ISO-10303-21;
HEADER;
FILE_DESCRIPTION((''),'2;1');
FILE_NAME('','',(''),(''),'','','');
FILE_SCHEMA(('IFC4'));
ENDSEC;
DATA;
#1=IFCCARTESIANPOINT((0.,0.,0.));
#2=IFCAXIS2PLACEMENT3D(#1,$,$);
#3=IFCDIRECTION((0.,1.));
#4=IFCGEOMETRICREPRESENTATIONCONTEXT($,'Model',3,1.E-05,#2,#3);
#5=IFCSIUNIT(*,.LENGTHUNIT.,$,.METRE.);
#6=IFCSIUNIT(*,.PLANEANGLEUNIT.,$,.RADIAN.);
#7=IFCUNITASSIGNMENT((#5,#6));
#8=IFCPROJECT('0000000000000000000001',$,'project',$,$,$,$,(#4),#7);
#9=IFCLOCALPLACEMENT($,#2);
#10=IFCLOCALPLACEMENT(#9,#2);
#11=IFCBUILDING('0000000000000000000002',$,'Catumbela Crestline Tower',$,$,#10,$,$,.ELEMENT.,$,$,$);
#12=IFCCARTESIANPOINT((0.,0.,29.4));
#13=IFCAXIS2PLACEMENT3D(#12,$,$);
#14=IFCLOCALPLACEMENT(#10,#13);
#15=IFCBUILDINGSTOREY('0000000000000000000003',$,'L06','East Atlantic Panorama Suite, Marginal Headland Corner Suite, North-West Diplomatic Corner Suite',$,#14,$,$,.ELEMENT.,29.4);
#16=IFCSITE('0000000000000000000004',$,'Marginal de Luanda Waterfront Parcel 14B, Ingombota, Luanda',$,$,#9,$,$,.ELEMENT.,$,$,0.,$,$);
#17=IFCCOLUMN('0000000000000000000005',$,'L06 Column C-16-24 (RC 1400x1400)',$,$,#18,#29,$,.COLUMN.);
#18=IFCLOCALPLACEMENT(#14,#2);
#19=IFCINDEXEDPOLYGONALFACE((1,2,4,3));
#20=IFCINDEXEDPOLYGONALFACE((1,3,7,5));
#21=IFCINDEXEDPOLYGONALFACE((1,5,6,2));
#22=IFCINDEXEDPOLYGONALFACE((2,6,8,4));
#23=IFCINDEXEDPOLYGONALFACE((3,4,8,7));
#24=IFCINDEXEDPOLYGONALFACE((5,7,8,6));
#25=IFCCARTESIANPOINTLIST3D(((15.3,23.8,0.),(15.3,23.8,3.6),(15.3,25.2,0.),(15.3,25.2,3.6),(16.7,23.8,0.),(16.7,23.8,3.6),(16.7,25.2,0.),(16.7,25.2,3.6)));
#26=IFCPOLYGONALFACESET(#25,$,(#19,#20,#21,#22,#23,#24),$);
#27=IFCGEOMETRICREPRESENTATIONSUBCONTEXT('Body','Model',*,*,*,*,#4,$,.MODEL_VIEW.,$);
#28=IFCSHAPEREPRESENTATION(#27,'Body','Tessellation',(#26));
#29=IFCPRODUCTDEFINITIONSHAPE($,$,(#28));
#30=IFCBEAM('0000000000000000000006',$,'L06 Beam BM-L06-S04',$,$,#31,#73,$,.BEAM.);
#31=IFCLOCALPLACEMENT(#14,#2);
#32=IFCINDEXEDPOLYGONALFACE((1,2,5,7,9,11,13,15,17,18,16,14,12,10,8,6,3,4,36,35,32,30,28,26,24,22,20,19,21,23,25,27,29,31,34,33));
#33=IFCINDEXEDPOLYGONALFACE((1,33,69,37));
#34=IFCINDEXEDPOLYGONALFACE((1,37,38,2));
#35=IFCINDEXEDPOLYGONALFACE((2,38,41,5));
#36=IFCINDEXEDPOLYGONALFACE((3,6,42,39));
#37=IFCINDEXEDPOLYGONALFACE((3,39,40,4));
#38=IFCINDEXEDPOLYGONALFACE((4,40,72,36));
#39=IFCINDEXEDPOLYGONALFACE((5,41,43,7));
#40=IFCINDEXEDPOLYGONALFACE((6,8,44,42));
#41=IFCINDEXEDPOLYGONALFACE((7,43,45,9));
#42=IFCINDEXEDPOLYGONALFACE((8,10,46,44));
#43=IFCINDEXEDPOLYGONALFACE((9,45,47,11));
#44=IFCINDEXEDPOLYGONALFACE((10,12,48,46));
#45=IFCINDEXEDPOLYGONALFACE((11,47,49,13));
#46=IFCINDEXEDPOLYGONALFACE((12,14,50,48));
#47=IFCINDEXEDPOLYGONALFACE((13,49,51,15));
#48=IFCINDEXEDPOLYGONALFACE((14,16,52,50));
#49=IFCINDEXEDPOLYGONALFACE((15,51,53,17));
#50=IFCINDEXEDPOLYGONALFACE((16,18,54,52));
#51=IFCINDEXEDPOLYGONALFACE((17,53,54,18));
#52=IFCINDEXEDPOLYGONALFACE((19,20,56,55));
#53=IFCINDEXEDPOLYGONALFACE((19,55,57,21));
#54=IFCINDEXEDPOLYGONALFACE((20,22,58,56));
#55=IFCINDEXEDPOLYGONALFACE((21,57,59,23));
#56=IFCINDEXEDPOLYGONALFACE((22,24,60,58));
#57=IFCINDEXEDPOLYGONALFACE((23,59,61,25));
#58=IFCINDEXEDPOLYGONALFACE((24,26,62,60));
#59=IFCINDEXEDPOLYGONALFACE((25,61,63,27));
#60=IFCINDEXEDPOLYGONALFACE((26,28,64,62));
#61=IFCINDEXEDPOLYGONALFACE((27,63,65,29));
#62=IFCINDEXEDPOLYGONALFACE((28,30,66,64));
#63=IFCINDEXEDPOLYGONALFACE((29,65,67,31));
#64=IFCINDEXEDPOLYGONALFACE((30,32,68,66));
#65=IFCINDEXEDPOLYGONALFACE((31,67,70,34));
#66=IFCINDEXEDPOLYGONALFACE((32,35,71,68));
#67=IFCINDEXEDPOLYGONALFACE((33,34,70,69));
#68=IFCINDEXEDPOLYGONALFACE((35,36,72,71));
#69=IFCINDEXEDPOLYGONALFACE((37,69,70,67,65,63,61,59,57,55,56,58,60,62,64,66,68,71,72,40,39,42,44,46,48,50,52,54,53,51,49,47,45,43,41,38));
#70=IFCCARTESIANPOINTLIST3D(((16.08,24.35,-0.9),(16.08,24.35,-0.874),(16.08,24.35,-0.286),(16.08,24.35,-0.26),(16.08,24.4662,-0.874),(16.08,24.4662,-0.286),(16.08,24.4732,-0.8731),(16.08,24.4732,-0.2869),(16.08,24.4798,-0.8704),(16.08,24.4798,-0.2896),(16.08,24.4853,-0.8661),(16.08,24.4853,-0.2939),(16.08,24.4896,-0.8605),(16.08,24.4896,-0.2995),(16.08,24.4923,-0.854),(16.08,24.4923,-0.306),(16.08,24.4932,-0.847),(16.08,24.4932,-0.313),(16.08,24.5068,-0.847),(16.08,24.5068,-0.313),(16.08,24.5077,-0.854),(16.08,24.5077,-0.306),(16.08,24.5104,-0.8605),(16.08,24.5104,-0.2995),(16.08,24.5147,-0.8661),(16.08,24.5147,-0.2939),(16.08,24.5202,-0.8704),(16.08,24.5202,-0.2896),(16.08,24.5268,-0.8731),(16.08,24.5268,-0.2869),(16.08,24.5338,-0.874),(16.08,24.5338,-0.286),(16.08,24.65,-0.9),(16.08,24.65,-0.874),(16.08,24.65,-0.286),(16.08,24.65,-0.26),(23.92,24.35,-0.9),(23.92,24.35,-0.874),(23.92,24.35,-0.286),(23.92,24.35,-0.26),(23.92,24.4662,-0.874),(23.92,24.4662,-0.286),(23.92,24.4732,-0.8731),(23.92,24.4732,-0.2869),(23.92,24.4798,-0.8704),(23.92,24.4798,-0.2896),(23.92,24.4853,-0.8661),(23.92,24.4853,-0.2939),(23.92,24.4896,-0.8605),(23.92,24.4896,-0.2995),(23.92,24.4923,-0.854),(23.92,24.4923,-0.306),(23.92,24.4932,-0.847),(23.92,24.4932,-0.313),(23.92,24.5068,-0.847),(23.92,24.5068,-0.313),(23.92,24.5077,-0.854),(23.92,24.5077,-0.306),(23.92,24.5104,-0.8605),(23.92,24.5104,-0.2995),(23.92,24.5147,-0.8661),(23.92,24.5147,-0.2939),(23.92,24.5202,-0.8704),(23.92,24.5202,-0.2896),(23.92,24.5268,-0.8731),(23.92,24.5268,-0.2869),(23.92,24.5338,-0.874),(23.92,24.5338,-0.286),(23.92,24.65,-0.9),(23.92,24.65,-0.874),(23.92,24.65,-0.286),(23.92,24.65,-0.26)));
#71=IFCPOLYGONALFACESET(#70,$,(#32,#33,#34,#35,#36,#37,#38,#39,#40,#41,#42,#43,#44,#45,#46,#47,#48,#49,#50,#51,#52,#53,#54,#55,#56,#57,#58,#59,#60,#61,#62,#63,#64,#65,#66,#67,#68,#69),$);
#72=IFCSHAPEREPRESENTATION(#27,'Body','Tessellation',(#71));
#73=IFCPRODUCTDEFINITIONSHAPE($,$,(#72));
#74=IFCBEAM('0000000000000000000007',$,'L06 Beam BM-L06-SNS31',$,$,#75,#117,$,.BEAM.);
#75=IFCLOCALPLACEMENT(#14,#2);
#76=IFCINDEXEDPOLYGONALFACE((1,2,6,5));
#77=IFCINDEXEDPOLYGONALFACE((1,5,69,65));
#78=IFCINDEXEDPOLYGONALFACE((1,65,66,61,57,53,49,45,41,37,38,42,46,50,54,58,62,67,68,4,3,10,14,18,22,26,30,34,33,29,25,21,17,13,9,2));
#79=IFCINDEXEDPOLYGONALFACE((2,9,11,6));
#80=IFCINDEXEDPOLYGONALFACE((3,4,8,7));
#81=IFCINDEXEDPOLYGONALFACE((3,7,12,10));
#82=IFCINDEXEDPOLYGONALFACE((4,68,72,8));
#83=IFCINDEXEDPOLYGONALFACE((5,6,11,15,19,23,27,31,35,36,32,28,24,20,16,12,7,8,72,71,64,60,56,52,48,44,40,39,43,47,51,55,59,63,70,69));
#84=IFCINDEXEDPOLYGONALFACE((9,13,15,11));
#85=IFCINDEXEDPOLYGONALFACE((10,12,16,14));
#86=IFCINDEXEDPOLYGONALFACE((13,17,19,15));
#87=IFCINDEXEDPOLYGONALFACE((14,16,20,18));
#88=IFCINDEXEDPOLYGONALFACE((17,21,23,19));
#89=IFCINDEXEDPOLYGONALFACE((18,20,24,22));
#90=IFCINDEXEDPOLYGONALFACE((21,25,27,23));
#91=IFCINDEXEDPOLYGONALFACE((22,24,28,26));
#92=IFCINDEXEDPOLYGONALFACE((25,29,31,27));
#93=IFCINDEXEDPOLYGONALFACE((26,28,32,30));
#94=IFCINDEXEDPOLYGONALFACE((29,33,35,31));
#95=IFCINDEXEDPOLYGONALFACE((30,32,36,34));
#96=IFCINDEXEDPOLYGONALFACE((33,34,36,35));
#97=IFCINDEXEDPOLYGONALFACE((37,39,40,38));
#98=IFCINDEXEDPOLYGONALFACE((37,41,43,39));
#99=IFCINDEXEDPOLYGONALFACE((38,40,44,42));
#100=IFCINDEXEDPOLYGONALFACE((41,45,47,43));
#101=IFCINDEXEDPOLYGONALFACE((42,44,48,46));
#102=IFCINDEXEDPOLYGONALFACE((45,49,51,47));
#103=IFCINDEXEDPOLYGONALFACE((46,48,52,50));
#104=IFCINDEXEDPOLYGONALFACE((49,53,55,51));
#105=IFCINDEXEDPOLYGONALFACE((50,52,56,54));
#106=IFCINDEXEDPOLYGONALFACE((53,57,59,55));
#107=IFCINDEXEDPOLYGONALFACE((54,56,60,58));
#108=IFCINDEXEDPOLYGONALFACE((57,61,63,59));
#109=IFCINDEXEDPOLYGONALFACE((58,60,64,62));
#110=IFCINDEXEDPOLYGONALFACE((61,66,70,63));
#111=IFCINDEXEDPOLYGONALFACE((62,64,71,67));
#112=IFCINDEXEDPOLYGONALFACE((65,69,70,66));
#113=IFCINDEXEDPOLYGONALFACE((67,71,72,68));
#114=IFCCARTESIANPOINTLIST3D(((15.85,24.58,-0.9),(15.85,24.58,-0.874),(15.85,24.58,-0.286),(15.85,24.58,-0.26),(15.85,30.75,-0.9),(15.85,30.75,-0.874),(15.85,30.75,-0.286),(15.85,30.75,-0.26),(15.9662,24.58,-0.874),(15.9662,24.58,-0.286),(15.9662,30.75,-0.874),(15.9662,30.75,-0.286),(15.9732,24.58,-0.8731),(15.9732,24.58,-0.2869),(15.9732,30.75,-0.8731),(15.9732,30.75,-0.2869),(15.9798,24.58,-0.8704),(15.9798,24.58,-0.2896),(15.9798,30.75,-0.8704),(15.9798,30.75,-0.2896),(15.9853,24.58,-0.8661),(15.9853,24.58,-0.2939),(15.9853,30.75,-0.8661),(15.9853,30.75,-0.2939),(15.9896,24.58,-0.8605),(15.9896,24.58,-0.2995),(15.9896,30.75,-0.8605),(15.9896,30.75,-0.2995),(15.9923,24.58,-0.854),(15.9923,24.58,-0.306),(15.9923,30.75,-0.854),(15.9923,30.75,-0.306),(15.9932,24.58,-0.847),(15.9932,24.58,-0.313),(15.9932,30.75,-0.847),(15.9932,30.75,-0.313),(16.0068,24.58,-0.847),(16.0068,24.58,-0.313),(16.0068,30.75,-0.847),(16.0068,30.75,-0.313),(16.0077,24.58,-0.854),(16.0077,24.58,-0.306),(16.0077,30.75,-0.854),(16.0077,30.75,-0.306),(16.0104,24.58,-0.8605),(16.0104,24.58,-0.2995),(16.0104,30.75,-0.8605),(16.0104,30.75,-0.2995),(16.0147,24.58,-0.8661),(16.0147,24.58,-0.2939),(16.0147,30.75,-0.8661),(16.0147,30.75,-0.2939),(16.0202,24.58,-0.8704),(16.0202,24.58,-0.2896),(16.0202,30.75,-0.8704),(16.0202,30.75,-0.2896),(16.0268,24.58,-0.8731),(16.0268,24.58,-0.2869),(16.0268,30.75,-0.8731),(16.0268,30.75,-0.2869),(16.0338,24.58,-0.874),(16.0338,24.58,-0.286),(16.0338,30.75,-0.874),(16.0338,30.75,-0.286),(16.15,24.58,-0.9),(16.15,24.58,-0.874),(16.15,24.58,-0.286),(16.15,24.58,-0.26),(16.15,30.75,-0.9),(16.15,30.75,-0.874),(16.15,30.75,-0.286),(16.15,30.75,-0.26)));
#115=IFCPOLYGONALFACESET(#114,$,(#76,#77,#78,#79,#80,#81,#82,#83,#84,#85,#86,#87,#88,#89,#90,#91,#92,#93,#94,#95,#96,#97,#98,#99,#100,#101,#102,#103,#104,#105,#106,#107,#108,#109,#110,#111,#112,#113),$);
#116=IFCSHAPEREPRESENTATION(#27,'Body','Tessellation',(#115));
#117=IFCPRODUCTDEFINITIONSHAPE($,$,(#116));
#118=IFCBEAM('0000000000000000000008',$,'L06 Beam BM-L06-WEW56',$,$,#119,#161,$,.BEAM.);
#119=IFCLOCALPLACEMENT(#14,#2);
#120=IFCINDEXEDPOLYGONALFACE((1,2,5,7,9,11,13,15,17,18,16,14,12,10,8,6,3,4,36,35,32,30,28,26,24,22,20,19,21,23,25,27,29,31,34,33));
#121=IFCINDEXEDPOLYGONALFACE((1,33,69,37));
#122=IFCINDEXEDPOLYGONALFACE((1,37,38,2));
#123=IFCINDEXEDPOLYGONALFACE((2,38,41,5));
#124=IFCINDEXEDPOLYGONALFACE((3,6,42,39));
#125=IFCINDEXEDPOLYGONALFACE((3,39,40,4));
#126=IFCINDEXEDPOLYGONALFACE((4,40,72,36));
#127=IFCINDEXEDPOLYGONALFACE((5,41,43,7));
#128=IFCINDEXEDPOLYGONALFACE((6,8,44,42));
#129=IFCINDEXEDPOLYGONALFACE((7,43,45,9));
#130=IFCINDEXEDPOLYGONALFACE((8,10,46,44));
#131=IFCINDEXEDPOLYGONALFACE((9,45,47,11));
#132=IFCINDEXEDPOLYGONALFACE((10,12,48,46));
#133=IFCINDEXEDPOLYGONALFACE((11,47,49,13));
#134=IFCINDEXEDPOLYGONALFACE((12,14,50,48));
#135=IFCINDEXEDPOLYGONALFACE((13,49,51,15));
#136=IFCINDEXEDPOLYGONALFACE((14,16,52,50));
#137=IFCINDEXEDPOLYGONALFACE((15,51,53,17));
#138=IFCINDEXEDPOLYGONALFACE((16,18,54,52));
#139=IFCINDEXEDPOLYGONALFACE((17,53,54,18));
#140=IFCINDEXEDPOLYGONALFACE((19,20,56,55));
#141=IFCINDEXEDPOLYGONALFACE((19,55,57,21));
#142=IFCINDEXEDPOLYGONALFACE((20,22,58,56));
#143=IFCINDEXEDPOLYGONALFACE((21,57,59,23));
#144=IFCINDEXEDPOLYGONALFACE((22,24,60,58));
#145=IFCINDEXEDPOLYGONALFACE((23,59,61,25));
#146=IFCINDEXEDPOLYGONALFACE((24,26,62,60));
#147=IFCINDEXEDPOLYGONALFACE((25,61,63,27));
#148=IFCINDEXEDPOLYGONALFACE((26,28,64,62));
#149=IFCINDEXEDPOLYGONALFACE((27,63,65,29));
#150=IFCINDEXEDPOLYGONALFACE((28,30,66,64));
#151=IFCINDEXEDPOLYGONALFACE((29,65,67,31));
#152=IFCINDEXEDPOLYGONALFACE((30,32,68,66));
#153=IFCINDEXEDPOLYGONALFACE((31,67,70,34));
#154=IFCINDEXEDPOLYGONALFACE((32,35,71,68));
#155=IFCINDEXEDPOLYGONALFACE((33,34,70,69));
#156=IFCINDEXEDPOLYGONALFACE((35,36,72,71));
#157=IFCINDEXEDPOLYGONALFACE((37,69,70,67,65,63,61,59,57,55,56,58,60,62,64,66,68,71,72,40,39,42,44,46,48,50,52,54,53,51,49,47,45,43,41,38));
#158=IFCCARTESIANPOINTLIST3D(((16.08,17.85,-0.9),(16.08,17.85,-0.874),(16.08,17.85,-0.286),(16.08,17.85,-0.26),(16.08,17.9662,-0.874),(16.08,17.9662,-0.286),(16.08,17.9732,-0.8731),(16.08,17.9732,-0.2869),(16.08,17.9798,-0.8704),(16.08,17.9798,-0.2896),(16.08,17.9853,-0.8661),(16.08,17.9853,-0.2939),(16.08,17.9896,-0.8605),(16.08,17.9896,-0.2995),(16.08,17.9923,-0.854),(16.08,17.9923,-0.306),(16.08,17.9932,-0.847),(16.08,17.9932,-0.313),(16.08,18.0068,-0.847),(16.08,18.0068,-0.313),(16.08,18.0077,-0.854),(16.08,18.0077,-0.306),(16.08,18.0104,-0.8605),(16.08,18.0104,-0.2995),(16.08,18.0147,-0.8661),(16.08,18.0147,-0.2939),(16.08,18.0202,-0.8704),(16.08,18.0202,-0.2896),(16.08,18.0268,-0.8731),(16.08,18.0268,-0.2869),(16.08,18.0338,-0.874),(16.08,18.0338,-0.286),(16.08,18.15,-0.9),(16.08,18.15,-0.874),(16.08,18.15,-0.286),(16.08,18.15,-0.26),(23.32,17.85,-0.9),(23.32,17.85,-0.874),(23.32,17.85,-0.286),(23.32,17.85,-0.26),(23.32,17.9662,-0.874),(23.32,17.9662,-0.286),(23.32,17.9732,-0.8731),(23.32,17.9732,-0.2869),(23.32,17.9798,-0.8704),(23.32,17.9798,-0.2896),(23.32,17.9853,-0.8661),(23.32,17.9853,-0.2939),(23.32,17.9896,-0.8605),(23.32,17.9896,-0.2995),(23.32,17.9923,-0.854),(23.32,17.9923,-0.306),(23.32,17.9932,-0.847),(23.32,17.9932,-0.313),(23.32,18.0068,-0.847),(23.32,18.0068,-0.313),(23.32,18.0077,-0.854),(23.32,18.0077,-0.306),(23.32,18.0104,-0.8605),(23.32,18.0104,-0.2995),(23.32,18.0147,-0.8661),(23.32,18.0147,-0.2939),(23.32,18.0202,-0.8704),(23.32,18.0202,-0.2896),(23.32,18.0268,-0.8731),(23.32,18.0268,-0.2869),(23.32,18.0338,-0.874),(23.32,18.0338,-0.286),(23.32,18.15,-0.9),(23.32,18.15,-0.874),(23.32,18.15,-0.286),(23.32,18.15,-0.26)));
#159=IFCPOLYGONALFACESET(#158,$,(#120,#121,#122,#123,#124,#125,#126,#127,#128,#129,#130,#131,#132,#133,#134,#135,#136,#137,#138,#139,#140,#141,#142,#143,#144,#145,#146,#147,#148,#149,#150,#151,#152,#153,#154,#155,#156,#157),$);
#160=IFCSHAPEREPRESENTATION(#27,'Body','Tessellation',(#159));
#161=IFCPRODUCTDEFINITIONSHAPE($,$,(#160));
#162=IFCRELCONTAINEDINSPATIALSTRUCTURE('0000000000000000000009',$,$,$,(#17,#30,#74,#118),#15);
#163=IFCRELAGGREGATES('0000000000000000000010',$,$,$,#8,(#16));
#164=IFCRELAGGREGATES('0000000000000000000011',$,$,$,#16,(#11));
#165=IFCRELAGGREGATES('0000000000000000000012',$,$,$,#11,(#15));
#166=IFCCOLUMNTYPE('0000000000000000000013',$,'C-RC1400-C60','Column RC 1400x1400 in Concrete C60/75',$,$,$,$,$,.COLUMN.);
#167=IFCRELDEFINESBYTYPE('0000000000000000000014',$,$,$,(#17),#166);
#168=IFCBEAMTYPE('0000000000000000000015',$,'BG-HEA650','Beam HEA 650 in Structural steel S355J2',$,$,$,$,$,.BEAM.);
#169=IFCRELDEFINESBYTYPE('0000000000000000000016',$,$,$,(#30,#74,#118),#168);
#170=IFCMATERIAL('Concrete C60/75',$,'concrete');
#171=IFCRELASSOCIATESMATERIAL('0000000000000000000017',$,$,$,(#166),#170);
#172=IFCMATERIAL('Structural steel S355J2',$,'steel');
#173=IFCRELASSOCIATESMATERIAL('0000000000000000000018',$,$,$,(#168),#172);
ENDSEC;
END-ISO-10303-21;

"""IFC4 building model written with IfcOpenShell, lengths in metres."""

from ifc_helpers import new_model, si_unit, direction, frame, origin, origin_2d, place, context, subcontext, project, spatial, rectangle, i_section, extrude, material, material_profile, profile_set, type_object, element, save


model = new_model("IFC4")

# Units and contexts
model_context = context("Model", 3, precision=1e-05, world=origin(), true_north=direction((0.0, 1.0)))
body_context = subcontext(model_context, "Body", "Model", "MODEL_VIEW")
ifc_project = project(units=[si_unit("LENGTHUNIT", "METRE"), si_unit("PLANEANGLEUNIT", "RADIAN")], contexts=[model_context])

# Site, building, storey
site_placement = place(None, origin())
site = spatial("IfcSite", under=ifc_project, at=site_placement, Name="Marginal de Luanda Waterfront Parcel 14B, Ingombota, Luanda", CompositionType="ELEMENT", RefElevation=0.0)
building_placement = place(site_placement, origin())
building = spatial("IfcBuilding", under=site, at=building_placement, Name="Catumbela Crestline Tower", CompositionType="ELEMENT")
storey_placement = place(building_placement, frame((0.0, 0.0, 29.4)))
storey = spatial("IfcBuildingStorey", under=building, at=storey_placement, Name="L06", Description="East Atlantic Panorama Suite, Marginal Headland Corner Suite, North-West Diplomatic Corner Suite", CompositionType="ELEMENT", Elevation=29.4)

# Column
ifc_material_1 = material(Name="Concrete C60/75", Category="concrete")
ifc_material_profile_1 = material_profile(ifc_material_1, rectangle(XDim=1.4, YDim=1.4, at=origin_2d()), Name="RC 1400x1400")
ifc_profile_set_1 = profile_set([ifc_material_profile_1], Name="Concrete C60/75")
column_type = type_object("IfcColumnType", Name="C-RC1400-C60", Description="Column RC 1400x1400 in Concrete C60/75", PredefinedType="COLUMN", material=ifc_profile_set_1)
column_placement = place(storey_placement, frame((16.0, 24.5, 0.0), z_axis=(0.0, 0.0, 1.0), x_axis=(1.0, 0.0, 0.0)))
element("IfcColumn", 1, at=column_placement, inside=storey, type_object=column_type, Name="L06 Column C-16-24 (RC 1400x1400)", PredefinedType="COLUMN", context=body_context, shape_type="SweptSolid", body=[
    extrude(rectangle(XDim=1.4, YDim=1.4, at=origin_2d()), origin(), (0.0, 0.0, 1.0), 3.6),
])

# Beams
ifc_material_2 = material(Name="Structural steel S355J2", Category="steel")
ifc_material_profile_2 = material_profile(ifc_material_2, i_section(OverallWidth=0.3, OverallDepth=0.64, WebThickness=0.0135, FlangeThickness=0.026, FilletRadius=0.027, at=origin_2d()), Name="HEA 650")
ifc_profile_set_2 = profile_set([ifc_material_profile_2], Name="Structural steel S355J2")
beam_type_1 = type_object("IfcBeamType", Name="BG-HEA650", Description="Beam HEA 650 in Structural steel S355J2", PredefinedType="BEAM", material=ifc_profile_set_2)
beam_1_placement = place(storey_placement, frame((16.08, 24.5, -0.58), z_axis=(1.0, 0.0, 0.0), x_axis=(0.0, 1.0, 0.0)))
element("IfcBeam", 2, at=beam_1_placement, inside=storey, type_object=beam_type_1, Name="L06 Beam BM-L06-S04", PredefinedType="BEAM", context=body_context, shape_type="SweptSolid", body=[
    extrude(i_section(OverallWidth=0.3, OverallDepth=0.64, WebThickness=0.0135, FlangeThickness=0.026, FilletRadius=0.027, at=origin_2d()), origin(), (0.0, 0.0, 1.0), 7.84),
])
beam_2_placement = place(storey_placement, frame((16.0, 24.58, -0.58), z_axis=(0.0, 1.0, 0.0), x_axis=(-1.0, 0.0, 0.0)))
element("IfcBeam", 3, at=beam_2_placement, inside=storey, type_object=beam_type_1, Name="L06 Beam BM-L06-SNS31", PredefinedType="BEAM", context=body_context, shape_type="SweptSolid", body=[
    extrude(i_section(OverallWidth=0.3, OverallDepth=0.64, WebThickness=0.0135, FlangeThickness=0.026, FilletRadius=0.027, at=origin_2d()), origin(), (0.0, 0.0, 1.0), 6.17),
])
beam_3_placement = place(storey_placement, frame((16.08, 18.0, -0.58), z_axis=(1.0, 0.0, 0.0), x_axis=(0.0, 1.0, 0.0)))
element("IfcBeam", 4, at=beam_3_placement, inside=storey, type_object=beam_type_1, Name="L06 Beam BM-L06-WEW56", PredefinedType="BEAM", context=body_context, shape_type="SweptSolid", body=[
    extrude(i_section(OverallWidth=0.3, OverallDepth=0.64, WebThickness=0.0135, FlangeThickness=0.026, FilletRadius=0.027, at=origin_2d()), origin(), (0.0, 0.0, 1.0), 7.24),
])

save(model, "model.ifc")
